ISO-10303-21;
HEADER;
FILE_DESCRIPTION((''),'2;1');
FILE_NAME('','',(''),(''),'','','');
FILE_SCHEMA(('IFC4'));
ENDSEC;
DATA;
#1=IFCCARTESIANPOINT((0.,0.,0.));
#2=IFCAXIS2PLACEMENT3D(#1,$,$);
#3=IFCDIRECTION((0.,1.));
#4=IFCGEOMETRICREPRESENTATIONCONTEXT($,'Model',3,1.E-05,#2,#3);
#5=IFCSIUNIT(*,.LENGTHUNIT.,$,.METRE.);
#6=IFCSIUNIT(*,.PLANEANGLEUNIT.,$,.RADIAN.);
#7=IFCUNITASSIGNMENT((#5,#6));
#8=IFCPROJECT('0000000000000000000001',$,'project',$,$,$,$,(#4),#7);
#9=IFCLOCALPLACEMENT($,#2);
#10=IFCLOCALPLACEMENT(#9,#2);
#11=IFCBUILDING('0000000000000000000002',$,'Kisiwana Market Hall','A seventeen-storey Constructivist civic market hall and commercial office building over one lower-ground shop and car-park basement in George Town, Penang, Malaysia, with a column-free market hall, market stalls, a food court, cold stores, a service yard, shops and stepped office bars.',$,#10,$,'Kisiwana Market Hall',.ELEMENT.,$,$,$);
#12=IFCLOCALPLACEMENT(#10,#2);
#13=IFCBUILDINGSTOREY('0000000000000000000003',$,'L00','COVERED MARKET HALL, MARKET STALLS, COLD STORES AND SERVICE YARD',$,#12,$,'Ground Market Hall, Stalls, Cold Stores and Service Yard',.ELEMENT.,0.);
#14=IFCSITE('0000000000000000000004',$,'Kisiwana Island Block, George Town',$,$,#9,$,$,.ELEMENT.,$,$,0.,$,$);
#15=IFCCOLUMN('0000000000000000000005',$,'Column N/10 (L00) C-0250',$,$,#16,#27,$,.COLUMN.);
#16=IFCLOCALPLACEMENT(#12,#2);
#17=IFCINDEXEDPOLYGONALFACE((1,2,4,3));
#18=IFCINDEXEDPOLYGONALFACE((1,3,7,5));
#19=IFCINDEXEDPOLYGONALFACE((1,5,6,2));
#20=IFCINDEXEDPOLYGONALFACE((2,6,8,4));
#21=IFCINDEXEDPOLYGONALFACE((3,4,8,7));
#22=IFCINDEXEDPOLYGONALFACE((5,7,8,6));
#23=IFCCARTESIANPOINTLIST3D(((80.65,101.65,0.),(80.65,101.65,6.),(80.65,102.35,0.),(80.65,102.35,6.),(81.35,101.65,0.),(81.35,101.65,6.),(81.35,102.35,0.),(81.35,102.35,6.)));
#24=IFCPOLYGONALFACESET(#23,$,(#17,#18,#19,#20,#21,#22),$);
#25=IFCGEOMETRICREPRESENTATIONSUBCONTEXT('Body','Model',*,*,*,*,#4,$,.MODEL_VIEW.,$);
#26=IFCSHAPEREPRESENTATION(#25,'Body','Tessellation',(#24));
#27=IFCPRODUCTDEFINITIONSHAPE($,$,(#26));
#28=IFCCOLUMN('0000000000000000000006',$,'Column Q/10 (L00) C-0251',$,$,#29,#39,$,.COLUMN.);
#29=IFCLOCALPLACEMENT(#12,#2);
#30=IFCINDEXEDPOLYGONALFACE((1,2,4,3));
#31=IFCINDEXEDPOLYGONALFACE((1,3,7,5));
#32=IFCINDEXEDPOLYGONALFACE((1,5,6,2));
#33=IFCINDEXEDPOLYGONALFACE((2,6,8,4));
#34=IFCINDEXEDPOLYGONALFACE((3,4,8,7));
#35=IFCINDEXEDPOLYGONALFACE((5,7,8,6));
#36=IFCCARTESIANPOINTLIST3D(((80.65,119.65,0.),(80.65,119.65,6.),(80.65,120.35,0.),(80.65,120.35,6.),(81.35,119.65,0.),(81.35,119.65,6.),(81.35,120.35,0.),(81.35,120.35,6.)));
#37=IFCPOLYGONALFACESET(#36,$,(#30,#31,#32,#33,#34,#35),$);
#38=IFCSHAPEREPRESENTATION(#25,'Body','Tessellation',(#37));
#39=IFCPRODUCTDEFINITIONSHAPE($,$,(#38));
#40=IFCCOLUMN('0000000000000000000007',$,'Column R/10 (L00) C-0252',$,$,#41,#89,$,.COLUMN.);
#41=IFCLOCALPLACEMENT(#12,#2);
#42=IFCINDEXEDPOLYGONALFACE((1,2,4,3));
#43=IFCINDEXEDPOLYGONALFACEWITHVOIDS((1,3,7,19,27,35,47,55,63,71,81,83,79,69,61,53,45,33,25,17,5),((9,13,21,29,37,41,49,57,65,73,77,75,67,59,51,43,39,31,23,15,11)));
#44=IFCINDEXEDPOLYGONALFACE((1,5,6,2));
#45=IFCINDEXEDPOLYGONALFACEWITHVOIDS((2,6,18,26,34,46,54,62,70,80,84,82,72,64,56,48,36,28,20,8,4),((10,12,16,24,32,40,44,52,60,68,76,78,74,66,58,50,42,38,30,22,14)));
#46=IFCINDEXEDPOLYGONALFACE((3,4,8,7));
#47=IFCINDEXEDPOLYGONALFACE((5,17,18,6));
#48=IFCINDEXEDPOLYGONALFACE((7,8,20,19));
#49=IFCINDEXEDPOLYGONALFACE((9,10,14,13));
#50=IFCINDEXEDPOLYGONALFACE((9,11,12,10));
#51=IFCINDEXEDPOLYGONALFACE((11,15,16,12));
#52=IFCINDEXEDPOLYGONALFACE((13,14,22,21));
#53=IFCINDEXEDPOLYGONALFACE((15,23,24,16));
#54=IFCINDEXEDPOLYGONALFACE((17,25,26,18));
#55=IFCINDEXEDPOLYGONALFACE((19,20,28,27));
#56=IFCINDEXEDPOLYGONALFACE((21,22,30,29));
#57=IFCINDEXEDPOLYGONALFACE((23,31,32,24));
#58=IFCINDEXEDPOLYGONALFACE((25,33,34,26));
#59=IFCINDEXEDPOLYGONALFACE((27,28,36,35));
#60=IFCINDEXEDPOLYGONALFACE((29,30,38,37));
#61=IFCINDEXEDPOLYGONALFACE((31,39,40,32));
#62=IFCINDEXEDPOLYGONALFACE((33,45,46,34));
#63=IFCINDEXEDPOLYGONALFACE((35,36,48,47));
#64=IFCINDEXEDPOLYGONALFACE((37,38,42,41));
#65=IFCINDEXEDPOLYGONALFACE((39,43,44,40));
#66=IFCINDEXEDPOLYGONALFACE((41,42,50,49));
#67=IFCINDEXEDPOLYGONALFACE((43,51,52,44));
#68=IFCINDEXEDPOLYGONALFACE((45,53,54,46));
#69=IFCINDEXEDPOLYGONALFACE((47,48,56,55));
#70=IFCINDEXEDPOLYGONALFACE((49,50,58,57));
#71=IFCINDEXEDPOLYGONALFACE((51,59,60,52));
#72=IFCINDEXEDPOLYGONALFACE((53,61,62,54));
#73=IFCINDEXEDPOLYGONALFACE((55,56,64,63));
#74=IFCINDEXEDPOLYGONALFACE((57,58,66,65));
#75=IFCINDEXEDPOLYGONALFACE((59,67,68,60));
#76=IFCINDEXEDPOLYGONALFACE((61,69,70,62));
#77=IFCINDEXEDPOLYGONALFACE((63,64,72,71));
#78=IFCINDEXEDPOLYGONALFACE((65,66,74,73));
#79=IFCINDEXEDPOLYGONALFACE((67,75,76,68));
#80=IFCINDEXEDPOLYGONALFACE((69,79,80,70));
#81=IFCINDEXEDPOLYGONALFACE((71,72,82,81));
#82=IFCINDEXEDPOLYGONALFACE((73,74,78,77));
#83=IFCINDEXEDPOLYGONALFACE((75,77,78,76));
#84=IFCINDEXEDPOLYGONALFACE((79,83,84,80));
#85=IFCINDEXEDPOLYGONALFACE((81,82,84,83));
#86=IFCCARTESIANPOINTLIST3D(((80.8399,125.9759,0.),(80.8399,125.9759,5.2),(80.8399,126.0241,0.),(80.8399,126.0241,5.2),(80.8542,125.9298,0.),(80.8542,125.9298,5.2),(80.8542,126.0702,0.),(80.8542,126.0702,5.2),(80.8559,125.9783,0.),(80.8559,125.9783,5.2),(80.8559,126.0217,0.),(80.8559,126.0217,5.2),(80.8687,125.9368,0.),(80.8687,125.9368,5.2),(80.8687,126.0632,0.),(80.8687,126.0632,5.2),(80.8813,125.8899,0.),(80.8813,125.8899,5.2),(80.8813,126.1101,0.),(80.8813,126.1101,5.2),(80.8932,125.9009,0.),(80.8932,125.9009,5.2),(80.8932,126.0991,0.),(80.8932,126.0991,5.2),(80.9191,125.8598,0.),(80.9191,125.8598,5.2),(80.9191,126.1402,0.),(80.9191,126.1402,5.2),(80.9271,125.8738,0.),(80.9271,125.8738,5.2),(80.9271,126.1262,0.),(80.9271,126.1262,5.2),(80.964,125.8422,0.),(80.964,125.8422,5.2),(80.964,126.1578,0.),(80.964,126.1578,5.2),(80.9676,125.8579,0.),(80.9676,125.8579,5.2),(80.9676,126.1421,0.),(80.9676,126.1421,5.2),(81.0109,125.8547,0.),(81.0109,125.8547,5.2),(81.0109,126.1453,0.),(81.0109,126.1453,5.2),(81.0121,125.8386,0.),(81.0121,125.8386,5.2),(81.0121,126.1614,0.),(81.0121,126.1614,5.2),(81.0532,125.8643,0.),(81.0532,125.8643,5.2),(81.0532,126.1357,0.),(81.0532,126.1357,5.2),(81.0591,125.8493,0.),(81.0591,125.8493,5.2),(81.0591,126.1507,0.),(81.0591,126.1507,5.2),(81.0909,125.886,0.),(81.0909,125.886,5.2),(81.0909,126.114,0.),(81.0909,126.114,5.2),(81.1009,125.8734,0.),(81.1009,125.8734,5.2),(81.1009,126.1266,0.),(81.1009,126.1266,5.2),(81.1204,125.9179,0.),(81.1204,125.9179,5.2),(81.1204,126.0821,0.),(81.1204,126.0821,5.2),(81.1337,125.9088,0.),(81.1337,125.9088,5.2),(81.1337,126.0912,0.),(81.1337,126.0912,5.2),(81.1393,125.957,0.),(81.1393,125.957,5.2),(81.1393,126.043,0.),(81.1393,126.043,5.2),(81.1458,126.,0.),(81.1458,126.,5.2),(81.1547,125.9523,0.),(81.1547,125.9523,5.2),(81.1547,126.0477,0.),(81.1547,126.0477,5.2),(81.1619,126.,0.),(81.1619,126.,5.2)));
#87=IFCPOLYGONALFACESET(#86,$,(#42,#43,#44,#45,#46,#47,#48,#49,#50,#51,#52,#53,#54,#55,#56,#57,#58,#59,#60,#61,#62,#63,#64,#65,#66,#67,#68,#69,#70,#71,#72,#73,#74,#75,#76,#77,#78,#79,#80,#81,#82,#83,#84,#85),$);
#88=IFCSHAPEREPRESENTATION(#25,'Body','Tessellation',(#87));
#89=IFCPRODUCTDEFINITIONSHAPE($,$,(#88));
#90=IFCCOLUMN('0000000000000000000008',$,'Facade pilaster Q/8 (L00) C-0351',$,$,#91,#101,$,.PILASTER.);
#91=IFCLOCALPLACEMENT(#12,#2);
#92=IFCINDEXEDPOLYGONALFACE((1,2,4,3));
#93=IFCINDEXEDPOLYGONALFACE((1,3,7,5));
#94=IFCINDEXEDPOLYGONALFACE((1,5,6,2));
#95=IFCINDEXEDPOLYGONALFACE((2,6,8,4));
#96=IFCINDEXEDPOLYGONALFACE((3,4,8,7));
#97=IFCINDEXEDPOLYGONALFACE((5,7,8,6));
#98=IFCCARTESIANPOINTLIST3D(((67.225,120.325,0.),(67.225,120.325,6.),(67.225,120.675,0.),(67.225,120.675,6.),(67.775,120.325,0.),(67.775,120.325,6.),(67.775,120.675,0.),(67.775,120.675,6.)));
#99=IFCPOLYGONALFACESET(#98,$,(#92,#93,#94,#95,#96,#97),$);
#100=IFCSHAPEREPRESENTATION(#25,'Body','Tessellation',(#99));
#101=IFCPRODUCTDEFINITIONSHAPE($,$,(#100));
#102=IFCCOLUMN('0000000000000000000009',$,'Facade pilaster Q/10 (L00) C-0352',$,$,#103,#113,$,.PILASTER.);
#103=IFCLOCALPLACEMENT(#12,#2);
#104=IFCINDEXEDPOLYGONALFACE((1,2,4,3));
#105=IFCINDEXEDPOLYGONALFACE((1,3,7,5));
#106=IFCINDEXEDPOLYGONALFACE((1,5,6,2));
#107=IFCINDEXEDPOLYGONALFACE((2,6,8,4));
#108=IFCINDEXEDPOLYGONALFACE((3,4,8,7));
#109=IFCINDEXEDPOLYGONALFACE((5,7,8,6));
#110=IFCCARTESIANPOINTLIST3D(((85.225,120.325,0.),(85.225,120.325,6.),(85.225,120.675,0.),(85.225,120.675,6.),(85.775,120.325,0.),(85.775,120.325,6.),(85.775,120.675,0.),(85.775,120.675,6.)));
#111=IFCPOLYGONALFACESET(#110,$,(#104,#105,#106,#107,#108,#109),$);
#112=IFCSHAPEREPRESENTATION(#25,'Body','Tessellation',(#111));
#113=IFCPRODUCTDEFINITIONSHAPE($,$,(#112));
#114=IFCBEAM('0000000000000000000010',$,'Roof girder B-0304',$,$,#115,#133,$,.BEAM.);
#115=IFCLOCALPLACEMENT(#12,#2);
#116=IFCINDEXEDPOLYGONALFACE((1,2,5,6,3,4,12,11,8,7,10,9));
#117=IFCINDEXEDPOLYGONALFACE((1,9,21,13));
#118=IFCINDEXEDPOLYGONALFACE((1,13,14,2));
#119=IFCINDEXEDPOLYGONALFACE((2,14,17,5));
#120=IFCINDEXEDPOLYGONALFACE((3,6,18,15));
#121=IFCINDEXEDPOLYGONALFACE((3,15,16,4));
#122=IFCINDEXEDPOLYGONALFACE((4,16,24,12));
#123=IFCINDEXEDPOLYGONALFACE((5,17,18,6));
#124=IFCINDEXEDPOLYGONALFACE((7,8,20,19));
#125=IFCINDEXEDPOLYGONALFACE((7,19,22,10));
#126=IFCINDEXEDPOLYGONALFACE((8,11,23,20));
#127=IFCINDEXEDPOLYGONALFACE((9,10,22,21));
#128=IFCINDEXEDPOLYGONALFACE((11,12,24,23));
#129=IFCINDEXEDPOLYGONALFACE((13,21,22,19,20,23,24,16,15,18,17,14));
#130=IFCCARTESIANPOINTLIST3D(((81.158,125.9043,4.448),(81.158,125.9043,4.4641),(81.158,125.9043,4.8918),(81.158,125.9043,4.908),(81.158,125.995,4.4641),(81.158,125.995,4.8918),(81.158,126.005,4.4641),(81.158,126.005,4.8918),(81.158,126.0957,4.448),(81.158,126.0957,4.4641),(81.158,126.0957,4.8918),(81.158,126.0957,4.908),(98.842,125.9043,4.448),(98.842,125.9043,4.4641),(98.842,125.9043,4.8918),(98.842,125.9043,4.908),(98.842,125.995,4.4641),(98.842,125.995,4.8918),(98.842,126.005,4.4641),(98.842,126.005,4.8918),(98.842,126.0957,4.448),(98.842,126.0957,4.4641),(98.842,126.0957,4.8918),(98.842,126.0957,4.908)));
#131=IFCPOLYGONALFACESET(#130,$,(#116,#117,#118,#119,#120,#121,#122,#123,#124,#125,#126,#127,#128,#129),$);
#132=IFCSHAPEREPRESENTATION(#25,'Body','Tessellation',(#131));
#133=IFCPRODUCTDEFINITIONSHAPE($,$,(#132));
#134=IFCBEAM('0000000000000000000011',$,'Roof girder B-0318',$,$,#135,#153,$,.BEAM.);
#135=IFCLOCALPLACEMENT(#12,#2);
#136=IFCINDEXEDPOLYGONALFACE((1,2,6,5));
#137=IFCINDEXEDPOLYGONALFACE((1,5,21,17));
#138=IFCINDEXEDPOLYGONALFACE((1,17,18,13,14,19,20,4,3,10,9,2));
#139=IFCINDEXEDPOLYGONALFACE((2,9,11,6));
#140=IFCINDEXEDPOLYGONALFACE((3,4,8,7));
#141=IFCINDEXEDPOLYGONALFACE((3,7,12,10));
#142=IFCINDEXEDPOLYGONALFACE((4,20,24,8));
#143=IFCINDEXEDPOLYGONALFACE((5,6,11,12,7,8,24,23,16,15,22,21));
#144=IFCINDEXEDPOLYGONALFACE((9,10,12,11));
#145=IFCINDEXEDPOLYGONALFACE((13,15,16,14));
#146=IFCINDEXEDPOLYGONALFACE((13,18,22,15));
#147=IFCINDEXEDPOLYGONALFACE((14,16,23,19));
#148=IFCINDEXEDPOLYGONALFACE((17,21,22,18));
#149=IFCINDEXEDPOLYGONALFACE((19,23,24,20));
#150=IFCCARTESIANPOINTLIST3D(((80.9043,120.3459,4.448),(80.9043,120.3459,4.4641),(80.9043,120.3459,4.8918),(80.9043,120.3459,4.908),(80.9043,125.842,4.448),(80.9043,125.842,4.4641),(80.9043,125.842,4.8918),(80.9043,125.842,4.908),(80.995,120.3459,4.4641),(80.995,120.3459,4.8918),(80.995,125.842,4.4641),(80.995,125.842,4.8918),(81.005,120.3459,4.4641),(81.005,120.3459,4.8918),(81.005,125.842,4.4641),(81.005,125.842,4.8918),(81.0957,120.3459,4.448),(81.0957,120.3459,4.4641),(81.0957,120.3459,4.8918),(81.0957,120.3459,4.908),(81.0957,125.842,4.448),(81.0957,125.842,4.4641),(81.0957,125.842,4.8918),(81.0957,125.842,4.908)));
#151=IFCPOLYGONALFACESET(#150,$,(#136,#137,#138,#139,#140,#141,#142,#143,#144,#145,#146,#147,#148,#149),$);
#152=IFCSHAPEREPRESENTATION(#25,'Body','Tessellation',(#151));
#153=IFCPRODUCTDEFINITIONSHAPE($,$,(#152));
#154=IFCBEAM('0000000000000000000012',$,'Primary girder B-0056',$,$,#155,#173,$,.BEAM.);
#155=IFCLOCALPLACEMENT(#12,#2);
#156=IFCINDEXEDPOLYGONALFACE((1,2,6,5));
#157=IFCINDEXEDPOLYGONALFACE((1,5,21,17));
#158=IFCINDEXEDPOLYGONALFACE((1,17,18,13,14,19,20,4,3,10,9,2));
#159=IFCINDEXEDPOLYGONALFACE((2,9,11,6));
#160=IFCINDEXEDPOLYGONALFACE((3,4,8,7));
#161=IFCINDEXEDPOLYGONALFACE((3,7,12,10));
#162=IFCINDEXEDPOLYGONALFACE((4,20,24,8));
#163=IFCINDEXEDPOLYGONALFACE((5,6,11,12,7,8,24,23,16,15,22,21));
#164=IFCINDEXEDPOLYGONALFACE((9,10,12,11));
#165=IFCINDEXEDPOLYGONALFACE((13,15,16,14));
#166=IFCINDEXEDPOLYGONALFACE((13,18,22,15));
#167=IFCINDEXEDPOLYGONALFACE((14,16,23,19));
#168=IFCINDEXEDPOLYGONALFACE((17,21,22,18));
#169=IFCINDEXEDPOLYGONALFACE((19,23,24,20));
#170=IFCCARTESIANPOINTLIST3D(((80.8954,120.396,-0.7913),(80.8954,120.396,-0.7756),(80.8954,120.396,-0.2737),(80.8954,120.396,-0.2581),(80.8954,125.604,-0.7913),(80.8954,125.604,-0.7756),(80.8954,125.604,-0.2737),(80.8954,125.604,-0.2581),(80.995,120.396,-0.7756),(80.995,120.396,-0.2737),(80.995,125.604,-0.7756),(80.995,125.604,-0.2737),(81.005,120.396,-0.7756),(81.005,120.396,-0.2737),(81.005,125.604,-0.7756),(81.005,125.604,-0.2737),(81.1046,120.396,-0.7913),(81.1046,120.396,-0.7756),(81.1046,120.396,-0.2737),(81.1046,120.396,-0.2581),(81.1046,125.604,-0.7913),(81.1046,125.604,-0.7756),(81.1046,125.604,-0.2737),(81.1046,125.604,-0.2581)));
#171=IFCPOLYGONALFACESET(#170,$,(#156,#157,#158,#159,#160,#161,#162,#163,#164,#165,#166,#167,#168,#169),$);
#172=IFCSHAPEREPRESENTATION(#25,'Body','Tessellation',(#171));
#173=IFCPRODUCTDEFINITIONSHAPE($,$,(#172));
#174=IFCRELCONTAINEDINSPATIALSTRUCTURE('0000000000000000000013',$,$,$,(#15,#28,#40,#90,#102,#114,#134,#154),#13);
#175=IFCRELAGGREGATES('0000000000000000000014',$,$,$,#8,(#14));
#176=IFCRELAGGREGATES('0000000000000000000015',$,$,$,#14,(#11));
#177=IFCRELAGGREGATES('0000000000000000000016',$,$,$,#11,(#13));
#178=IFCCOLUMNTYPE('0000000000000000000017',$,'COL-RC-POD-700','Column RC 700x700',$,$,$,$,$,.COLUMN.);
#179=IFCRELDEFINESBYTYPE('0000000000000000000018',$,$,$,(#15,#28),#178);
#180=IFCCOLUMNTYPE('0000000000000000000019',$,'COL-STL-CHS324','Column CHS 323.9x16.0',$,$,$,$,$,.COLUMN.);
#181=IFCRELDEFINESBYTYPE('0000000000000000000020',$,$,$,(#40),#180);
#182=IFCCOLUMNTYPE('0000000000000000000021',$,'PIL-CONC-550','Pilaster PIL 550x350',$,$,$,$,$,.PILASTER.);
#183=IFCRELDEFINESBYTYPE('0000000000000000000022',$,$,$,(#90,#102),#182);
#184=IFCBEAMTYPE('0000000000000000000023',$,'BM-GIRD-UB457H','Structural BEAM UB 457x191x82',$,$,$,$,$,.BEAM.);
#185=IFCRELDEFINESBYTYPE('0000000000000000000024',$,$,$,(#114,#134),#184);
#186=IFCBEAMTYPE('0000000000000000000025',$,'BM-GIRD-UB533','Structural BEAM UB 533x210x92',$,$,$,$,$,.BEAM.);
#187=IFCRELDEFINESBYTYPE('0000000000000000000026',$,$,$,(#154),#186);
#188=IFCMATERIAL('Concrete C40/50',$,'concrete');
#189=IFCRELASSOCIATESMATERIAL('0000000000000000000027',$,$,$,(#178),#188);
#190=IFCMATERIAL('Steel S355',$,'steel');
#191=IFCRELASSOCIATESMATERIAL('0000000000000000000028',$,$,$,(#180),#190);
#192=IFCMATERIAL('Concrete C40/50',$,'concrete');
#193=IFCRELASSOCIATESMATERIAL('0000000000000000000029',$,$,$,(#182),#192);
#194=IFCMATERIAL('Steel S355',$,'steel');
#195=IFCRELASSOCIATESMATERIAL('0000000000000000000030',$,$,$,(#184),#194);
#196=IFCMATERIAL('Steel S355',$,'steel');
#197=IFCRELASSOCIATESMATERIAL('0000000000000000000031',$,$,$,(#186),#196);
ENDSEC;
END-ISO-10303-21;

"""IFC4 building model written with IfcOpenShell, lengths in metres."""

from ifc_helpers import new_model, si_unit, direction, frame, origin, origin_2d, place, context, subcontext, project, spatial, rectangle, hollow_circle, i_section, extrude, material, material_profile, profile_set, type_object, element, save


model = new_model("IFC4")

# Units and contexts
model_context = context("Model", 3, precision=1e-05, world=origin(), true_north=direction((0.0, 1.0)))
body_context = subcontext(model_context, "Body", "Model", "MODEL_VIEW")
ifc_project = project(units=[si_unit("LENGTHUNIT", "METRE"), si_unit("PLANEANGLEUNIT", "RADIAN")], contexts=[model_context])

# Site, building, storey
site_placement = place(None, origin())
site = spatial("IfcSite", under=ifc_project, at=site_placement, Name="Kisiwana Island Block, George Town", CompositionType="ELEMENT", RefElevation=0.0)
building_placement = place(site_placement, origin())
building = spatial("IfcBuilding", under=site, at=building_placement, Name="Kisiwana Market Hall", Description="A seventeen-storey Constructivist civic market hall and commercial office building over one lower-ground shop and car-park basement in George Town, Penang, Malaysia, with a column-free market hall, market stalls, a food court, cold stores, a service yard, shops and stepped office bars.", LongName="Kisiwana Market Hall", CompositionType="ELEMENT")
storey_placement = place(building_placement, origin())
storey = spatial("IfcBuildingStorey", under=building, at=storey_placement, Name="L00", Description="COVERED MARKET HALL, MARKET STALLS, COLD STORES AND SERVICE YARD", LongName="Ground Market Hall, Stalls, Cold Stores and Service Yard", CompositionType="ELEMENT", Elevation=0.0)

# Columns
ifc_material_1 = material(Name="Concrete C40/50", Category="concrete")
ifc_material_profile_1 = material_profile(ifc_material_1, rectangle(XDim=0.7, YDim=0.7, at=origin_2d()), Name="RC 700x700")
ifc_profile_set_1 = profile_set([ifc_material_profile_1], Name="Concrete C40/50")
column_type_1 = type_object("IfcColumnType", Name="COL-RC-POD-700", Description="Column RC 700x700", PredefinedType="COLUMN", material=ifc_profile_set_1)
for number, where, z_axis, x_axis, name in (
    (1, (81.0, 102.0, 0.0), (0.0, 0.0, 1.0), (1.0, 0.0, 0.0), "Column N/10 (L00) C-0250"),
    (2, (81.0, 120.0, 0.0), (0.0, 0.0, 1.0), (1.0, 0.0, 0.0), "Column Q/10 (L00) C-0251"),
):
    element("IfcColumn", number, at=place(storey_placement, frame(where, z_axis=z_axis, x_axis=x_axis)), inside=storey, type_object=column_type_1, Name=name, PredefinedType="COLUMN", context=body_context, shape_type="SweptSolid", body=[
        extrude(rectangle(XDim=0.7, YDim=0.7, at=origin_2d()), origin(), (0.0, 0.0, 1.0), 6.0),
    ])
ifc_material_2 = material(Name="Steel S355", Category="steel")
ifc_material_profile_2 = material_profile(ifc_material_2, hollow_circle(Radius=0.1619, WallThickness=0.0161, at=origin_2d()), Name="CHS 323.9x16.0")
ifc_profile_set_2 = profile_set([ifc_material_profile_2], Name="Steel S355")
column_type_2 = type_object("IfcColumnType", Name="COL-STL-CHS324", Description="Column CHS 323.9x16.0", PredefinedType="COLUMN", material=ifc_profile_set_2)
column_placement = place(storey_placement, frame((81.0, 126.0, 0.0), z_axis=(0.0, 0.0, 1.0), x_axis=(1.0, 0.0, 0.0)))
element("IfcColumn", 3, at=column_placement, inside=storey, type_object=column_type_2, Name="Column R/10 (L00) C-0252", PredefinedType="COLUMN", context=body_context, shape_type="SweptSolid", body=[
    extrude(hollow_circle(Radius=0.1619, WallThickness=0.0161, at=origin_2d()), origin(), (0.0, 0.0, 1.0), 5.2),
])
ifc_material_3 = material(Name="Concrete C40/50", Category="concrete")
ifc_material_profile_3 = material_profile(ifc_material_3, rectangle(XDim=0.55, YDim=0.3501, at=origin_2d()), Name="PIL 550x350")
ifc_profile_set_3 = profile_set([ifc_material_profile_3], Name="Concrete C40/50")
column_type_3 = type_object("IfcColumnType", Name="PIL-CONC-550", Description="Pilaster PIL 550x350", PredefinedType="PILASTER", material=ifc_profile_set_3)
for number, where, z_axis, x_axis, name in (
    (4, (67.5, 120.5, 0.0), (0.0, 0.0, 1.0), (1.0, 0.0, 0.0), "Facade pilaster Q/8 (L00) C-0351"),
    (5, (85.5, 120.5, 0.0), (0.0, 0.0, 1.0), (1.0, 0.0, 0.0), "Facade pilaster Q/10 (L00) C-0352"),
):
    element("IfcColumn", number, at=place(storey_placement, frame(where, z_axis=z_axis, x_axis=x_axis)), inside=storey, type_object=column_type_3, Name=name, PredefinedType="PILASTER", context=body_context, shape_type="SweptSolid", body=[
        extrude(rectangle(XDim=0.55, YDim=0.3501, at=origin_2d()), origin(), (0.0, 0.0, 1.0), 6.0),
    ])

# Beams
ifc_material_4 = material(Name="Steel S355", Category="steel")
ifc_material_profile_4 = material_profile(ifc_material_4, i_section(OverallWidth=0.1914, OverallDepth=0.46, WebThickness=0.01, FlangeThickness=0.0161, at=origin_2d()), Name="UB 457x191x82")
ifc_profile_set_4 = profile_set([ifc_material_profile_4], Name="Steel S355")
beam_type_1 = type_object("IfcBeamType", Name="BM-GIRD-UB457H", Description="Structural BEAM UB 457x191x82", PredefinedType="BEAM", material=ifc_profile_set_4)
beam_1_placement = place(storey_placement, frame((81.158, 126.0, 4.678), z_axis=(1.0, 0.0, 0.0), x_axis=(0.0, 1.0, 0.0)))
element("IfcBeam", 6, at=beam_1_placement, inside=storey, type_object=beam_type_1, Name="Roof girder B-0304", PredefinedType="BEAM", context=body_context, shape_type="SweptSolid", body=[
    extrude(i_section(OverallWidth=0.1914, OverallDepth=0.46, WebThickness=0.01, FlangeThickness=0.0161, at=origin_2d()), origin(), (0.0, 0.0, 1.0), 17.6841),
])
beam_2_placement = place(storey_placement, frame((81.0, 120.3459, 4.678), z_axis=(0.0, 1.0, 0.0), x_axis=(-1.0, 0.0, 0.0)))
element("IfcBeam", 7, at=beam_2_placement, inside=storey, type_object=beam_type_1, Name="Roof girder B-0318", PredefinedType="BEAM", context=body_context, shape_type="SweptSolid", body=[
    extrude(i_section(OverallWidth=0.1914, OverallDepth=0.46, WebThickness=0.01, FlangeThickness=0.0161, at=origin_2d()), origin(), (0.0, 0.0, 1.0), 5.4961),
])
ifc_material_5 = material(Name="Steel S355", Category="steel")
ifc_material_profile_5 = material_profile(ifc_material_5, i_section(OverallWidth=0.2092, OverallDepth=0.5332, WebThickness=0.01, FlangeThickness=0.0156, at=origin_2d()), Name="UB 533x210x92")
ifc_profile_set_5 = profile_set([ifc_material_profile_5], Name="Steel S355")
beam_type_2 = type_object("IfcBeamType", Name="BM-GIRD-UB533", Description="Structural BEAM UB 533x210x92", PredefinedType="BEAM", material=ifc_profile_set_5)
beam_3_placement = place(storey_placement, frame((81.0, 120.396, -0.5247), z_axis=(0.0, 1.0, 0.0), x_axis=(-1.0, 0.0, 0.0)))
element("IfcBeam", 8, at=beam_3_placement, inside=storey, type_object=beam_type_2, Name="Primary girder B-0056", PredefinedType="BEAM", context=body_context, shape_type="SweptSolid", body=[
    extrude(i_section(OverallWidth=0.2092, OverallDepth=0.5332, WebThickness=0.01, FlangeThickness=0.0156, at=origin_2d()), origin(), (0.0, 0.0, 1.0), 5.208),
])

save(model, "model.ifc")
